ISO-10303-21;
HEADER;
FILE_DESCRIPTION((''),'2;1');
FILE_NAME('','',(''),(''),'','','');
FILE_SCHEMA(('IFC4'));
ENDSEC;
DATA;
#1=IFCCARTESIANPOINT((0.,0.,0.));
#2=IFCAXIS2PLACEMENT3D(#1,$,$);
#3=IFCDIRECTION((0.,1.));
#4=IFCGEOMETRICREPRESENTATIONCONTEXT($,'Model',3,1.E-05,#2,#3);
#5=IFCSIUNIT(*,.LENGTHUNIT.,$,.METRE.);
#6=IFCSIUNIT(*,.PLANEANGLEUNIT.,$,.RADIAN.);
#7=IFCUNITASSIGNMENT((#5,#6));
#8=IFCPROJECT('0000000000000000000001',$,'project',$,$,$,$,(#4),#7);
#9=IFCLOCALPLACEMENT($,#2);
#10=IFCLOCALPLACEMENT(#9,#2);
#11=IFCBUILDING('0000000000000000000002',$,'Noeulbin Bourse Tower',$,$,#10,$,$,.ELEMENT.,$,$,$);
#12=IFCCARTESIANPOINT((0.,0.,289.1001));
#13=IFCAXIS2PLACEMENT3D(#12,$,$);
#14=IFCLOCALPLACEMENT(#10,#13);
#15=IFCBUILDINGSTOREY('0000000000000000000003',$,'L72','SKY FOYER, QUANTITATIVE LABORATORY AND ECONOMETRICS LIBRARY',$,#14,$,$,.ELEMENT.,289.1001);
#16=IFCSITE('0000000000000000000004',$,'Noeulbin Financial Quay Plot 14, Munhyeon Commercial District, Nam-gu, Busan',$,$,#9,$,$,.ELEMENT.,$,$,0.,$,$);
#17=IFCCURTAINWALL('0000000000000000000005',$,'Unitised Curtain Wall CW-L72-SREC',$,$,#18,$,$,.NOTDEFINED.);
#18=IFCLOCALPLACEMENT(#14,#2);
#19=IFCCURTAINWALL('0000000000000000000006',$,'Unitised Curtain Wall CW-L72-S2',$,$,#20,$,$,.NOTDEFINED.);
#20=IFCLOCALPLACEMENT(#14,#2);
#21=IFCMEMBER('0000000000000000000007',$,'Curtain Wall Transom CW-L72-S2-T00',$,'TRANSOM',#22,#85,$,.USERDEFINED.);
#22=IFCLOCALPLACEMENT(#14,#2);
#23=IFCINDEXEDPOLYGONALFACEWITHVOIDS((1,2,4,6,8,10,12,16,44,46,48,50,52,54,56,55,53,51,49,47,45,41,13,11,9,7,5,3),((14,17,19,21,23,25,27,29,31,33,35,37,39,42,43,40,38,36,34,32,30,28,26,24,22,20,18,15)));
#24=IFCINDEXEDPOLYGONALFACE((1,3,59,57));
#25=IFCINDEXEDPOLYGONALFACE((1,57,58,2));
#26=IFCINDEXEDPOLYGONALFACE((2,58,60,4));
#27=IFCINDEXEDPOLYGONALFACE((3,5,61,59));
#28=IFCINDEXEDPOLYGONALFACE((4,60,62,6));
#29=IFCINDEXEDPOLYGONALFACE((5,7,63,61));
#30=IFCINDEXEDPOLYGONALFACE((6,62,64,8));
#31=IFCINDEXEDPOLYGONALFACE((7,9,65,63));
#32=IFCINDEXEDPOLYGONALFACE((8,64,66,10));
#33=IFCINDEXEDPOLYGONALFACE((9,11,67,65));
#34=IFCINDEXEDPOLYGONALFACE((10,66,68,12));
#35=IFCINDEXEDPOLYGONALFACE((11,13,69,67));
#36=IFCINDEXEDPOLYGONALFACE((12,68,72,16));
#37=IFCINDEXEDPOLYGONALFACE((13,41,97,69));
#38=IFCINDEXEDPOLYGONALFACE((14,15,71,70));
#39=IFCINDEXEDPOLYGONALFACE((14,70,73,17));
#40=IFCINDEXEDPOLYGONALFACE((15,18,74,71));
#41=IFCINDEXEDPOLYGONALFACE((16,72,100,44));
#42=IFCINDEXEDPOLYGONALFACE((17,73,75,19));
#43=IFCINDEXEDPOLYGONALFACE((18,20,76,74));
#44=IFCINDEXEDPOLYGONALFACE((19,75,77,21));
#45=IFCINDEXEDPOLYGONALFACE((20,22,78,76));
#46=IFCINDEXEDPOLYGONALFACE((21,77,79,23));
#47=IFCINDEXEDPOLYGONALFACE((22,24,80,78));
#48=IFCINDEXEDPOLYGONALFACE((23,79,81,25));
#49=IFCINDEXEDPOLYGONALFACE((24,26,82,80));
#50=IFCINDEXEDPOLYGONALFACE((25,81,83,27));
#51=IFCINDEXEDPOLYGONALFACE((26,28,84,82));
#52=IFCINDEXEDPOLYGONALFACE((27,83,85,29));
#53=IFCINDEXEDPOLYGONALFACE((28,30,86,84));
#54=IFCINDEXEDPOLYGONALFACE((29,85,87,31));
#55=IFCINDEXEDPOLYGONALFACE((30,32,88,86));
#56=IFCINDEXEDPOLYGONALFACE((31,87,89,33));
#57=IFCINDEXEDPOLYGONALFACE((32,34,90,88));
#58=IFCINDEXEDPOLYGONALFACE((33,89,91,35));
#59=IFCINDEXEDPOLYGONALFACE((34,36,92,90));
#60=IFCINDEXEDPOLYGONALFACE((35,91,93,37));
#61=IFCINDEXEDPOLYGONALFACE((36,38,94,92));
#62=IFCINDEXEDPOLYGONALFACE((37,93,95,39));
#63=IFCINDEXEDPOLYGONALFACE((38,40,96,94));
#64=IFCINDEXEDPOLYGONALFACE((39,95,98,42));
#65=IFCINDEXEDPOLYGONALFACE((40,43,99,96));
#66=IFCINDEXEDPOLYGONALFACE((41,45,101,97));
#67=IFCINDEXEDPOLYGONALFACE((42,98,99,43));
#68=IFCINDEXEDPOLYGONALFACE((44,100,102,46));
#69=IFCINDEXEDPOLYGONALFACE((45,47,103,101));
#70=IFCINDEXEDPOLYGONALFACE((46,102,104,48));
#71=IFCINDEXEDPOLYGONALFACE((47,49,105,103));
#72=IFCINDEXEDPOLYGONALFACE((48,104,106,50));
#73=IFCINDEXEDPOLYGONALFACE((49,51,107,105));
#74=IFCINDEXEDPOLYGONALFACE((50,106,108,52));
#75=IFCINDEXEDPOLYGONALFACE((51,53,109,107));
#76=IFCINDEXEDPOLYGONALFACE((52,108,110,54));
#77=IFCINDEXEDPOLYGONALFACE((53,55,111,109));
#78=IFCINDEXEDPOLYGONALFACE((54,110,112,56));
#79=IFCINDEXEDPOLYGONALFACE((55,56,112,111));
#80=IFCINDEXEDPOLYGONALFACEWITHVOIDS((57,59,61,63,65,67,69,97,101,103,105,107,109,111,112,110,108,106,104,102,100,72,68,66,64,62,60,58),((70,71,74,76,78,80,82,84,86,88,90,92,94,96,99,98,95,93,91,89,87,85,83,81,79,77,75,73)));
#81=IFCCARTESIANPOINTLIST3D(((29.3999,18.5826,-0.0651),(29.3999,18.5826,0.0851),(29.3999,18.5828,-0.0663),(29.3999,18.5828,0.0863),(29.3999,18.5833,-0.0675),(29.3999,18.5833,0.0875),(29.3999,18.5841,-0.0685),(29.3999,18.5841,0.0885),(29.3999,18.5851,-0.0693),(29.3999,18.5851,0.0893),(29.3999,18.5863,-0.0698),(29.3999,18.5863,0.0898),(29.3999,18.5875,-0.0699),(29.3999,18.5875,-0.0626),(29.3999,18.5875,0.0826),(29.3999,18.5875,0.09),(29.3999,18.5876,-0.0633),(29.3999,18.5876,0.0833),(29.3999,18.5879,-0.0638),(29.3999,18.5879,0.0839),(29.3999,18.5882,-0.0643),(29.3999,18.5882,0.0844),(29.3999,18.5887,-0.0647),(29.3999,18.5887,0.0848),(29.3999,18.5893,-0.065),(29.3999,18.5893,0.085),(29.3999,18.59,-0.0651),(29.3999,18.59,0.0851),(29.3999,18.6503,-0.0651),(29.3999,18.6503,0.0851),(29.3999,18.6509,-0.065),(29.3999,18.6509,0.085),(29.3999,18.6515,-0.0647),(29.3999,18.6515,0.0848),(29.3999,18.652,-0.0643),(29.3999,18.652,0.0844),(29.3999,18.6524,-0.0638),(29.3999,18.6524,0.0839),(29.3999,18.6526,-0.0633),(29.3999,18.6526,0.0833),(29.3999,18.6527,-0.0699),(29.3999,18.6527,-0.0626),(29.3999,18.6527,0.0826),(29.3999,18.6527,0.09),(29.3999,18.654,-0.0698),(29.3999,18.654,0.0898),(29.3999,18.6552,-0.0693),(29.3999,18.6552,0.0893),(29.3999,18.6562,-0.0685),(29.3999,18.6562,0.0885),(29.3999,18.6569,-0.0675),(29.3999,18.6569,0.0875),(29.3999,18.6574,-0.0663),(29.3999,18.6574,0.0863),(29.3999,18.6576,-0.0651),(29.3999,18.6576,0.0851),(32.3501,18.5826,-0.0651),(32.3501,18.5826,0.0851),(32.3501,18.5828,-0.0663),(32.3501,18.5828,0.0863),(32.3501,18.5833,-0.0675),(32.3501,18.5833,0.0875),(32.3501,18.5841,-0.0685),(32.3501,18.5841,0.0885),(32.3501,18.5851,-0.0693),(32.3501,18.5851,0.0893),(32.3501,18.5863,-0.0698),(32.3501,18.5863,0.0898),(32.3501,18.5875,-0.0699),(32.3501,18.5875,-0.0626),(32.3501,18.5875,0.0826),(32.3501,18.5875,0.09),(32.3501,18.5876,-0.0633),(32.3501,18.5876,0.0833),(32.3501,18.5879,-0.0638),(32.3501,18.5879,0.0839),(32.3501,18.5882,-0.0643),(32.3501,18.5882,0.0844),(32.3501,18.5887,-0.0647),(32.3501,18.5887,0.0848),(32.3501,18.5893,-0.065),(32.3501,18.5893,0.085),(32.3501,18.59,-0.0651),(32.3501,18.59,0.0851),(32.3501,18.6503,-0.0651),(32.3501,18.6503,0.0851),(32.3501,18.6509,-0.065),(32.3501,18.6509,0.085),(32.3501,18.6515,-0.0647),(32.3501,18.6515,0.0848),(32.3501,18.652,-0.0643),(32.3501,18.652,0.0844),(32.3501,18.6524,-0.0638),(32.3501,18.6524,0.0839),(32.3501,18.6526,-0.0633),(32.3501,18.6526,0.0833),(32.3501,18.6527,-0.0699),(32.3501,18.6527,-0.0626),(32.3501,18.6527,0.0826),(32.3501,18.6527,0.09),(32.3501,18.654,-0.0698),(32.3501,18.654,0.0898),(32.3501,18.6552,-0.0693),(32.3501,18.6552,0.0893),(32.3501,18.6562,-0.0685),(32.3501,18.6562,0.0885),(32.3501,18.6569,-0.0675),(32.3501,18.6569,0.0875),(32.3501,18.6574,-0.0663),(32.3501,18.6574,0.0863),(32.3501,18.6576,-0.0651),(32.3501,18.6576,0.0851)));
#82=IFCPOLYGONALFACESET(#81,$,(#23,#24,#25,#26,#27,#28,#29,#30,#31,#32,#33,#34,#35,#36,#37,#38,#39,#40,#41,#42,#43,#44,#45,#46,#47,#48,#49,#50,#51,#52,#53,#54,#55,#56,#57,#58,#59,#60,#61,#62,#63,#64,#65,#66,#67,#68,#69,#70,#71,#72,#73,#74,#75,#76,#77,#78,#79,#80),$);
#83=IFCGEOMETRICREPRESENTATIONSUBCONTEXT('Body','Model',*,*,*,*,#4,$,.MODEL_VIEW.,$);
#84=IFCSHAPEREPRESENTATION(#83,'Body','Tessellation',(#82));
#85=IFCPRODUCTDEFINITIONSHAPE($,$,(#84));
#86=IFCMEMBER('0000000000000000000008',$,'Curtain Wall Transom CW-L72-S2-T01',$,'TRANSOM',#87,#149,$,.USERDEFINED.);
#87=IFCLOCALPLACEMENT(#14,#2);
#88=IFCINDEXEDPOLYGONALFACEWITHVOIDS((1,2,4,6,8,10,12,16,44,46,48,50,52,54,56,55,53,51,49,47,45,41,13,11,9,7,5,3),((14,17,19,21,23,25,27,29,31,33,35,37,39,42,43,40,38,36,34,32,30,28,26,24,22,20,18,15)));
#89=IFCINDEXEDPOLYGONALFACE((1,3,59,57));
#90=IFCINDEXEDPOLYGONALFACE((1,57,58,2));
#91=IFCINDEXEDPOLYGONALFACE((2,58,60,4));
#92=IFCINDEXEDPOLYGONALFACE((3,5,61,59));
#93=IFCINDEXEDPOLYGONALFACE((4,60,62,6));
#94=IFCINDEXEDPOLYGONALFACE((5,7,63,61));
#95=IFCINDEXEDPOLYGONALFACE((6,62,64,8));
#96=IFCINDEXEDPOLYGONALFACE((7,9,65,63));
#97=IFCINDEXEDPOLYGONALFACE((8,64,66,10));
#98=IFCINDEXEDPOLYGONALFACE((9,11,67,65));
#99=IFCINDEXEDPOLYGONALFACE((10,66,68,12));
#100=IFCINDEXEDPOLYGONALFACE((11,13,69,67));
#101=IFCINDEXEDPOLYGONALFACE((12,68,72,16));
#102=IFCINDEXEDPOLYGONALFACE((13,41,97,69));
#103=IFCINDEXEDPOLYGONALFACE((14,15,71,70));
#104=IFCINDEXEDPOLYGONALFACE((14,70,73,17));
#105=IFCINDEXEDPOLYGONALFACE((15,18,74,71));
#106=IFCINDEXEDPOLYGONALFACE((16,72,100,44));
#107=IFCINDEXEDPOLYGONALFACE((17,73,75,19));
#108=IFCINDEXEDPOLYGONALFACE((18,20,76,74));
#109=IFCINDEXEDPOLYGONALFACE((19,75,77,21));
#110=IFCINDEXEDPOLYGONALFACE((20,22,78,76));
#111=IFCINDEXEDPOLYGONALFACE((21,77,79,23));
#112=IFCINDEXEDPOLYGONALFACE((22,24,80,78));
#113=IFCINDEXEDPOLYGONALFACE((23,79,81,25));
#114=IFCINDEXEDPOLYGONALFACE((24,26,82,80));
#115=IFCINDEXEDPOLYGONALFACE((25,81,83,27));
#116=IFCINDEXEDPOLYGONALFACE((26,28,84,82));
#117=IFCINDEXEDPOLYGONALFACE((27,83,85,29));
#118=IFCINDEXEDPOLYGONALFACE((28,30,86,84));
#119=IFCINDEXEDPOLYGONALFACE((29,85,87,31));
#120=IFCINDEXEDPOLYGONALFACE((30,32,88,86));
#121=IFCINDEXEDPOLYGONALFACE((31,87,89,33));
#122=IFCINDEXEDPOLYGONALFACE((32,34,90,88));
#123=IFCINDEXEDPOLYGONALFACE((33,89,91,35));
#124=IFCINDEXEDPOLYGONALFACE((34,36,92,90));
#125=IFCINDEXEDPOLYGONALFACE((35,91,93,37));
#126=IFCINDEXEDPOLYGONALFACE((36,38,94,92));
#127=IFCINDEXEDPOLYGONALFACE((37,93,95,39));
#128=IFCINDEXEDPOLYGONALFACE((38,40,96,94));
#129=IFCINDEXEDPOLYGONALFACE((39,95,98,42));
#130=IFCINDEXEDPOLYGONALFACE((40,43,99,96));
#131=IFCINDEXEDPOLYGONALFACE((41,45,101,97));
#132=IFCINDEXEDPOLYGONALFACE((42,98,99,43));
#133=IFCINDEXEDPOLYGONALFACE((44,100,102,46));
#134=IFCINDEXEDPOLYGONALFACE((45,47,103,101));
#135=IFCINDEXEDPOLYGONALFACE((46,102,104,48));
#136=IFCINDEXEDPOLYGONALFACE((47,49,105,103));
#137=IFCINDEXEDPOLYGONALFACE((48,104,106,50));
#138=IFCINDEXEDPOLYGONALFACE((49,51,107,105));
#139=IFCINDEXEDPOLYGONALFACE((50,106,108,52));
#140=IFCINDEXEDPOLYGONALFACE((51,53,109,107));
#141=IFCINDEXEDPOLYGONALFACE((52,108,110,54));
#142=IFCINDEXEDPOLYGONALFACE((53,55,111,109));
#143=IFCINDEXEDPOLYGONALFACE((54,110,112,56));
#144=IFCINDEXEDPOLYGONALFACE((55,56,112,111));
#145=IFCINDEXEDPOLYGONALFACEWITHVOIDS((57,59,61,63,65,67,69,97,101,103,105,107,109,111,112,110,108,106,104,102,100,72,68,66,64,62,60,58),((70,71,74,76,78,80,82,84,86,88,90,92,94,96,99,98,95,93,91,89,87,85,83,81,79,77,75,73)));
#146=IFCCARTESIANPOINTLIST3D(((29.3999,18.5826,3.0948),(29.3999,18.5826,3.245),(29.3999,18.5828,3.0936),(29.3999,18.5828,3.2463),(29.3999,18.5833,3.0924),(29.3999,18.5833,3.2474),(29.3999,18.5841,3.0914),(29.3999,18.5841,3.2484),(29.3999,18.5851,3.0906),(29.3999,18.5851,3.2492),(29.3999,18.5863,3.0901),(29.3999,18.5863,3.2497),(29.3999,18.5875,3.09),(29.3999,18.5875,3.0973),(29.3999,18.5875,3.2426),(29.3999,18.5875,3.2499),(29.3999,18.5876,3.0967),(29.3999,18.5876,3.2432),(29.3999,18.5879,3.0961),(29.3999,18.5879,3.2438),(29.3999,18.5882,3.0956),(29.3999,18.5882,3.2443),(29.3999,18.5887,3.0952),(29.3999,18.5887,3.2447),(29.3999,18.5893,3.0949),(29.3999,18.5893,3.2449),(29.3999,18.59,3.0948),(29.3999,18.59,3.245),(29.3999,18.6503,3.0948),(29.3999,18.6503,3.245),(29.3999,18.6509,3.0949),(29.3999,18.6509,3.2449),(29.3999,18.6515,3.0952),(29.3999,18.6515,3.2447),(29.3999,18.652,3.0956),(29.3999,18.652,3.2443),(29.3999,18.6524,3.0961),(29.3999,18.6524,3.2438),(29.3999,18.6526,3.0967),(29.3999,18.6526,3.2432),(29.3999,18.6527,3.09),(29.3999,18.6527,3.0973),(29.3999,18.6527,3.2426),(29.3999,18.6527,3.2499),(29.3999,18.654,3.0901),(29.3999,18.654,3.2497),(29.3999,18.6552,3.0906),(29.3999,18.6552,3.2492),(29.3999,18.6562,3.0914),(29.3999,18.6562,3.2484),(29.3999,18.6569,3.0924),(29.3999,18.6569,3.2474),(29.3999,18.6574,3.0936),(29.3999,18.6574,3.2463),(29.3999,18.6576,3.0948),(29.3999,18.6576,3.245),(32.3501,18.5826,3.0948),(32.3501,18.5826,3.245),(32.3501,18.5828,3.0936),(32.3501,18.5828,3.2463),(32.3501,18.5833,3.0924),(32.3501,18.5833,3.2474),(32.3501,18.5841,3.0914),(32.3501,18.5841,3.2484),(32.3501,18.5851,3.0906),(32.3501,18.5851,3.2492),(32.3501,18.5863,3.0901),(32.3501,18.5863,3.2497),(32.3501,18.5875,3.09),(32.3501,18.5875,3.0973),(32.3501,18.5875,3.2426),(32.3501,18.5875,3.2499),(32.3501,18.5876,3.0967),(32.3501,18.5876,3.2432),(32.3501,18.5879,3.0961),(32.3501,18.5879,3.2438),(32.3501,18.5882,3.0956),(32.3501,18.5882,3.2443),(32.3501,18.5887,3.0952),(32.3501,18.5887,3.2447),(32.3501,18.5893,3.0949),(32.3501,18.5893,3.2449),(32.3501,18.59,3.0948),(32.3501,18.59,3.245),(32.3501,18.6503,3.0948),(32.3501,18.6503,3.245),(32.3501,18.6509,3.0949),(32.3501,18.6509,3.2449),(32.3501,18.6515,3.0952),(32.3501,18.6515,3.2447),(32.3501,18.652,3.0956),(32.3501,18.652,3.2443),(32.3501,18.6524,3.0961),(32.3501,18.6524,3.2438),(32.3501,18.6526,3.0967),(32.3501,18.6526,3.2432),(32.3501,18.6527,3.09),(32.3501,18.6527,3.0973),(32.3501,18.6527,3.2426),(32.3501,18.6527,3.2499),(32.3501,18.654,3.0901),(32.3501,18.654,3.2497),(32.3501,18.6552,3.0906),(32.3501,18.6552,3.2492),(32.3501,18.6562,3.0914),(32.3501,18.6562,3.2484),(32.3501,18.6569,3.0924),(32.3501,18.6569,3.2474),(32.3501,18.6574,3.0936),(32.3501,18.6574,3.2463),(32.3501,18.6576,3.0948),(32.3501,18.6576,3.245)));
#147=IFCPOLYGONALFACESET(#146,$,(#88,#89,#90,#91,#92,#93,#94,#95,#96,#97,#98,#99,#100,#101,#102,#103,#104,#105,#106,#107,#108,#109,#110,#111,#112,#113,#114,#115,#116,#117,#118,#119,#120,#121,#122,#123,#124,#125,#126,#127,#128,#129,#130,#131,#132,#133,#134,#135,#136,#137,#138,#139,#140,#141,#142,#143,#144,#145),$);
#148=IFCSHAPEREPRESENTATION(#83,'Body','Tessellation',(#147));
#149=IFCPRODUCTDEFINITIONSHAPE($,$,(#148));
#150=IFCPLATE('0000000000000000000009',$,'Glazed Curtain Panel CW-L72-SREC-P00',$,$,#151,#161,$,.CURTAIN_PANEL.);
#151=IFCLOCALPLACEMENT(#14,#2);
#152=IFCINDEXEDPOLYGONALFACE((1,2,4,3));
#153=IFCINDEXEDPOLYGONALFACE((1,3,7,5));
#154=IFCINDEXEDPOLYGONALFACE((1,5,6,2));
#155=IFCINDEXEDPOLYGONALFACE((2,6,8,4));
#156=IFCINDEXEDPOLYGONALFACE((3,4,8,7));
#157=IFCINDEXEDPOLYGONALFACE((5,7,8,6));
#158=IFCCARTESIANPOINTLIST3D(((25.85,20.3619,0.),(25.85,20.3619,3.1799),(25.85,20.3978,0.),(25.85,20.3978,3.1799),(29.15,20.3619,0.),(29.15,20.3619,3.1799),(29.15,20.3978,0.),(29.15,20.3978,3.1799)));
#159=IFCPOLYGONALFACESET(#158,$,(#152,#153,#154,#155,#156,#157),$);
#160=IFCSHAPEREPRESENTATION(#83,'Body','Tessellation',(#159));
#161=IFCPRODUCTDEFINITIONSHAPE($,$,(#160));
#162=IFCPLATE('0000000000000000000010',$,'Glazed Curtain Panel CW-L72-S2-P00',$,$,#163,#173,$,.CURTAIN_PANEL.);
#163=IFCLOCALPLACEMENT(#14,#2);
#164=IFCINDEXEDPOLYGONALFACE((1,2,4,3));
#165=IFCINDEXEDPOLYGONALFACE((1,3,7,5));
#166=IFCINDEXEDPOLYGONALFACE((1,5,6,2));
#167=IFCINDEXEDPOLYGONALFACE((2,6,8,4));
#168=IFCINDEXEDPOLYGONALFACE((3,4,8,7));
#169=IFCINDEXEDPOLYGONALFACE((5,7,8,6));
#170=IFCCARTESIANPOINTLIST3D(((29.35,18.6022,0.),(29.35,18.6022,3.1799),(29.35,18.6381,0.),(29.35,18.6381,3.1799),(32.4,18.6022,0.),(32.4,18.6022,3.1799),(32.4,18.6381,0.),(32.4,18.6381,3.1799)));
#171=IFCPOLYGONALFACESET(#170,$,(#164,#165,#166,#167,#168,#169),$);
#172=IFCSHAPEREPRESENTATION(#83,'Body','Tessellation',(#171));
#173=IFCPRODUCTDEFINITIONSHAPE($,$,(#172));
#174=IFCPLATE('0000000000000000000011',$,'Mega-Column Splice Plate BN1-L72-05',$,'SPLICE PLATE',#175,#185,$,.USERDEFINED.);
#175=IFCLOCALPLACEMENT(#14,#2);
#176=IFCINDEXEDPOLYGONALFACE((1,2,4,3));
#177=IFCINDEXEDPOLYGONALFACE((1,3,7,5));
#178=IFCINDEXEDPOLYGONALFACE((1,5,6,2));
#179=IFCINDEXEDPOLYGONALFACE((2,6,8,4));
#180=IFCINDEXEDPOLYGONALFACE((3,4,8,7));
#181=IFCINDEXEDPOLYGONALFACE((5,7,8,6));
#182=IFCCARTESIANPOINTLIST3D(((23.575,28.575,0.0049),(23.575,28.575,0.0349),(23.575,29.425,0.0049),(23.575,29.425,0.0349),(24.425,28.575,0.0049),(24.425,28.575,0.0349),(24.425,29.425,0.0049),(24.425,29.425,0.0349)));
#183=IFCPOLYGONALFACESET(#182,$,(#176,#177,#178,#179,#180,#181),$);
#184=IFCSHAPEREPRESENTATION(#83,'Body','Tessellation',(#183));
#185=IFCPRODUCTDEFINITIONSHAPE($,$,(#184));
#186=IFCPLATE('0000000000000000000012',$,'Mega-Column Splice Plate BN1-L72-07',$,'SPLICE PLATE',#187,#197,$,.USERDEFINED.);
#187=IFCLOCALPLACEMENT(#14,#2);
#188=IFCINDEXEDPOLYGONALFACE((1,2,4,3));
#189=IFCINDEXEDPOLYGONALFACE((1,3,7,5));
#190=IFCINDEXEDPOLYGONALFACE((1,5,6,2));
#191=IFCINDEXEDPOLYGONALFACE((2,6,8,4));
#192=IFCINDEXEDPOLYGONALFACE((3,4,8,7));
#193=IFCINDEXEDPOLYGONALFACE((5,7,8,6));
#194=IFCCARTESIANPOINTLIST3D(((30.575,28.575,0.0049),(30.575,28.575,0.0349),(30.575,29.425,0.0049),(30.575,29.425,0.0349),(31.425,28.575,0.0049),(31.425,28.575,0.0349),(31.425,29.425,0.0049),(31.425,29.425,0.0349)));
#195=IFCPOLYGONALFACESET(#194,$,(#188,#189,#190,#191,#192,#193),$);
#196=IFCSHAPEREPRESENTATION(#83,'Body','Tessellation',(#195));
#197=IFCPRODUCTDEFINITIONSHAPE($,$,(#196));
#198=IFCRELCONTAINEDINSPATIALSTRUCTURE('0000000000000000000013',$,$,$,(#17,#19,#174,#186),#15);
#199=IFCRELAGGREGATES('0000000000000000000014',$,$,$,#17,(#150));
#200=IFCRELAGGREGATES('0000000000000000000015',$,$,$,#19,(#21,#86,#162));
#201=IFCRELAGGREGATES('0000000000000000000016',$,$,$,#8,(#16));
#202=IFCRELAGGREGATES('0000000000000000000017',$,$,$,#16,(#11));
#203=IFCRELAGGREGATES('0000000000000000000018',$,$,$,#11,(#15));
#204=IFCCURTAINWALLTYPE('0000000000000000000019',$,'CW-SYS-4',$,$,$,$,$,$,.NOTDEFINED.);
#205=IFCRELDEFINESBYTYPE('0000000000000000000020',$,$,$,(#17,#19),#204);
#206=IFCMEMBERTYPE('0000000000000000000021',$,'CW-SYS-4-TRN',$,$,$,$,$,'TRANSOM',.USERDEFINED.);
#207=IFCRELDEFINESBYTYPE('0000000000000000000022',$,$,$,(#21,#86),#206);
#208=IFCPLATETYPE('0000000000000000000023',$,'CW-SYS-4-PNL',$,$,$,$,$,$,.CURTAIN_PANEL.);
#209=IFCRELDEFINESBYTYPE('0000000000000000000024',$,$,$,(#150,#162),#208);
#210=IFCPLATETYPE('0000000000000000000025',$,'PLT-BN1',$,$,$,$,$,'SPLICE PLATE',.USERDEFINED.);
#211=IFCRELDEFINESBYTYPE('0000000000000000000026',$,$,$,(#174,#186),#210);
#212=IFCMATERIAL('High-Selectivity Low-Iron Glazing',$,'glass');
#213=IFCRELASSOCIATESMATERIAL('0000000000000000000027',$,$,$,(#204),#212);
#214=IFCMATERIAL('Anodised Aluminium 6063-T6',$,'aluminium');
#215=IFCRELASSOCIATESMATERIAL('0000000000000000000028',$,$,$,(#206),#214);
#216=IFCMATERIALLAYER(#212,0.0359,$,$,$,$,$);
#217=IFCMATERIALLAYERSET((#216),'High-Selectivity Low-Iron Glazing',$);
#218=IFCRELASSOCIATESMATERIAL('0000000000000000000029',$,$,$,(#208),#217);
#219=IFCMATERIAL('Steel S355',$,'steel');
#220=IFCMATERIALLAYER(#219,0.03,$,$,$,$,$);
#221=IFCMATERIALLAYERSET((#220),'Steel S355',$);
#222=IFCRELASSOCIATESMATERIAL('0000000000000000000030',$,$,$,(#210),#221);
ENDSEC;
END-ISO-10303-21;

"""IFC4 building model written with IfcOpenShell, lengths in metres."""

from ifc_helpers import new_model, si_unit, direction, frame, origin, origin_2d, place, context, subcontext, project, spatial, rectangle, hollow_rectangle, extrude, material, layer, layer_set, material_profile, profile_set, type_object, element, aggregate, save


model = new_model("IFC4")

# Units and contexts
model_context = context("Model", 3, precision=1e-05, world=origin(), true_north=direction((0.0, 1.0)))
body_context = subcontext(model_context, "Body", "Model", "MODEL_VIEW")
ifc_project = project(units=[si_unit("LENGTHUNIT", "METRE"), si_unit("PLANEANGLEUNIT", "RADIAN")], contexts=[model_context])

# Site, building, storey
site_placement = place(None, origin())
site = spatial("IfcSite", under=ifc_project, at=site_placement, Name="Noeulbin Financial Quay Plot 14, Munhyeon Commercial District, Nam-gu, Busan", CompositionType="ELEMENT", RefElevation=0.0)
building_placement = place(site_placement, origin())
building = spatial("IfcBuilding", under=site, at=building_placement, Name="Noeulbin Bourse Tower", CompositionType="ELEMENT")
storey_placement = place(building_placement, frame((0.0, 0.0, 289.1001)))
storey = spatial("IfcBuildingStorey", under=building, at=storey_placement, Name="L72", Description="SKY FOYER, QUANTITATIVE LABORATORY AND ECONOMETRICS LIBRARY", CompositionType="ELEMENT", Elevation=289.1001)

# Shared definitions
ifc_material_1 = material(Name="Steel S355", Category="steel")

# Curtain wall
ifc_material_2 = material(Name="High-Selectivity Low-Iron Glazing", Category="glass")
curtain_wall_type = type_object("IfcCurtainWallType", Name="CW-SYS-4", PredefinedType="NOTDEFINED", material=ifc_material_2)
curtain_wall_1_placement = place(storey_placement, origin())
curtain_wall_1 = element("IfcCurtainWall", 1, at=curtain_wall_1_placement, inside=storey, type_object=curtain_wall_type, Name="Unitised Curtain Wall CW-L72-SREC", PredefinedType="NOTDEFINED")
ifc_material_3 = material(Name="Anodised Aluminium 6063-T6", Category="aluminium")

# Curtain wall
curtain_wall_2_placement = place(storey_placement, origin())
curtain_wall_2 = element("IfcCurtainWall", 2, at=curtain_wall_2_placement, inside=storey, type_object=curtain_wall_type, Name="Unitised Curtain Wall CW-L72-S2", PredefinedType="NOTDEFINED")

# Members
ifc_material_profile_1 = material_profile(ifc_material_3, hollow_rectangle(XDim=0.075, YDim=0.1599, WallThickness=0.0049, InnerFilletRadius=0.0024, OuterFilletRadius=0.0049, at=origin_2d()), Name="ALU-TRAN-75x160x5", Category="LoadBearing")
ifc_profile_set_1 = profile_set([ifc_material_profile_1], Name="Anodised Aluminium 6063-T6")
member_type_1 = type_object("IfcMemberType", Name="CW-SYS-4-TRN", ElementType="TRANSOM", PredefinedType="USERDEFINED", material=ifc_profile_set_1)
member_1_placement = place(storey_placement, frame((29.3999, 18.6201, 0.01), z_axis=(1.0, 0.0, 0.0), x_axis=(0.0, 1.0, 0.0)))
member_1 = element("IfcMember", 3, at=member_1_placement, type_object=member_type_1, Name="Curtain Wall Transom CW-L72-S2-T00", ObjectType="TRANSOM", PredefinedType="USERDEFINED", context=body_context, shape_type="SweptSolid", body=[
    extrude(hollow_rectangle(XDim=0.075, YDim=0.1599, WallThickness=0.0049, InnerFilletRadius=0.0024, OuterFilletRadius=0.0049, at=origin_2d()), origin(), (0.0, 0.0, 1.0), 2.9502),
])
member_2_placement = place(storey_placement, frame((29.3999, 18.6201, 3.1699), z_axis=(1.0, 0.0, 0.0), x_axis=(0.0, 1.0, 0.0)))
member_2 = element("IfcMember", 4, at=member_2_placement, type_object=member_type_1, Name="Curtain Wall Transom CW-L72-S2-T01", ObjectType="TRANSOM", PredefinedType="USERDEFINED", context=body_context, shape_type="SweptSolid", body=[
    extrude(hollow_rectangle(XDim=0.075, YDim=0.1599, WallThickness=0.0049, InnerFilletRadius=0.0024, OuterFilletRadius=0.0049, at=origin_2d()), origin(), (0.0, 0.0, 1.0), 2.9502),
])

# Plates
ifc_layer_1 = layer(ifc_material_2, 0.0359)
ifc_layer_set_1 = layer_set([ifc_layer_1], Name="High-Selectivity Low-Iron Glazing")
plate_type_1 = type_object("IfcPlateType", Name="CW-SYS-4-PNL", PredefinedType="CURTAIN_PANEL", material=ifc_layer_set_1)
plate_1_placement = place(storey_placement, frame((27.5, 20.3799, 0.0), z_axis=(0.0, 0.0, 1.0), x_axis=(1.0, 0.0, 0.0)))
plate_1 = element("IfcPlate", 5, at=plate_1_placement, type_object=plate_type_1, Name="Glazed Curtain Panel CW-L72-SREC-P00", PredefinedType="CURTAIN_PANEL", context=body_context, shape_type="SweptSolid", body=[
    extrude(rectangle(XDim=3.3, YDim=0.0359, at=origin_2d()), origin(), (0.0, 0.0, 1.0), 3.1799),
])
aggregate(curtain_wall_1, [plate_1])
plate_2_placement = place(storey_placement, frame((30.875, 18.6201, 0.0), z_axis=(0.0, 0.0, 1.0), x_axis=(1.0, 0.0, 0.0)))
plate_2 = element("IfcPlate", 6, at=plate_2_placement, type_object=plate_type_1, Name="Glazed Curtain Panel CW-L72-S2-P00", PredefinedType="CURTAIN_PANEL", context=body_context, shape_type="SweptSolid", body=[
    extrude(rectangle(XDim=3.05, YDim=0.0359, at=origin_2d()), origin(), (0.0, 0.0, 1.0), 3.1799),
])
aggregate(curtain_wall_2, [member_1, member_2, plate_2])

# Plates
ifc_layer_2 = layer(ifc_material_1, 0.03)
ifc_layer_set_2 = layer_set([ifc_layer_2], Name="Steel S355")
plate_type_2 = type_object("IfcPlateType", Name="PLT-BN1", ElementType="SPLICE PLATE", PredefinedType="USERDEFINED", material=ifc_layer_set_2)
for number, where, z_axis, x_axis, name in (
    (7, (24.0, 29.0, 0.0049), (0.0, 0.0, 1.0), (1.0, 0.0, 0.0), "Mega-Column Splice Plate BN1-L72-05"),
    (8, (31.0, 29.0, 0.0049), (0.0, 0.0, 1.0), (1.0, 0.0, 0.0), "Mega-Column Splice Plate BN1-L72-07"),
):
    element("IfcPlate", number, at=place(storey_placement, frame(where, z_axis=z_axis, x_axis=x_axis)), inside=storey, type_object=plate_type_2, Name=name, ObjectType="SPLICE PLATE", PredefinedType="USERDEFINED", context=body_context, shape_type="SweptSolid", body=[
        extrude(rectangle(XDim=0.8501, YDim=0.8501, at=origin_2d()), origin(), (0.0, 0.0, 1.0), 0.03),
    ])

save(model, "model.ifc")
